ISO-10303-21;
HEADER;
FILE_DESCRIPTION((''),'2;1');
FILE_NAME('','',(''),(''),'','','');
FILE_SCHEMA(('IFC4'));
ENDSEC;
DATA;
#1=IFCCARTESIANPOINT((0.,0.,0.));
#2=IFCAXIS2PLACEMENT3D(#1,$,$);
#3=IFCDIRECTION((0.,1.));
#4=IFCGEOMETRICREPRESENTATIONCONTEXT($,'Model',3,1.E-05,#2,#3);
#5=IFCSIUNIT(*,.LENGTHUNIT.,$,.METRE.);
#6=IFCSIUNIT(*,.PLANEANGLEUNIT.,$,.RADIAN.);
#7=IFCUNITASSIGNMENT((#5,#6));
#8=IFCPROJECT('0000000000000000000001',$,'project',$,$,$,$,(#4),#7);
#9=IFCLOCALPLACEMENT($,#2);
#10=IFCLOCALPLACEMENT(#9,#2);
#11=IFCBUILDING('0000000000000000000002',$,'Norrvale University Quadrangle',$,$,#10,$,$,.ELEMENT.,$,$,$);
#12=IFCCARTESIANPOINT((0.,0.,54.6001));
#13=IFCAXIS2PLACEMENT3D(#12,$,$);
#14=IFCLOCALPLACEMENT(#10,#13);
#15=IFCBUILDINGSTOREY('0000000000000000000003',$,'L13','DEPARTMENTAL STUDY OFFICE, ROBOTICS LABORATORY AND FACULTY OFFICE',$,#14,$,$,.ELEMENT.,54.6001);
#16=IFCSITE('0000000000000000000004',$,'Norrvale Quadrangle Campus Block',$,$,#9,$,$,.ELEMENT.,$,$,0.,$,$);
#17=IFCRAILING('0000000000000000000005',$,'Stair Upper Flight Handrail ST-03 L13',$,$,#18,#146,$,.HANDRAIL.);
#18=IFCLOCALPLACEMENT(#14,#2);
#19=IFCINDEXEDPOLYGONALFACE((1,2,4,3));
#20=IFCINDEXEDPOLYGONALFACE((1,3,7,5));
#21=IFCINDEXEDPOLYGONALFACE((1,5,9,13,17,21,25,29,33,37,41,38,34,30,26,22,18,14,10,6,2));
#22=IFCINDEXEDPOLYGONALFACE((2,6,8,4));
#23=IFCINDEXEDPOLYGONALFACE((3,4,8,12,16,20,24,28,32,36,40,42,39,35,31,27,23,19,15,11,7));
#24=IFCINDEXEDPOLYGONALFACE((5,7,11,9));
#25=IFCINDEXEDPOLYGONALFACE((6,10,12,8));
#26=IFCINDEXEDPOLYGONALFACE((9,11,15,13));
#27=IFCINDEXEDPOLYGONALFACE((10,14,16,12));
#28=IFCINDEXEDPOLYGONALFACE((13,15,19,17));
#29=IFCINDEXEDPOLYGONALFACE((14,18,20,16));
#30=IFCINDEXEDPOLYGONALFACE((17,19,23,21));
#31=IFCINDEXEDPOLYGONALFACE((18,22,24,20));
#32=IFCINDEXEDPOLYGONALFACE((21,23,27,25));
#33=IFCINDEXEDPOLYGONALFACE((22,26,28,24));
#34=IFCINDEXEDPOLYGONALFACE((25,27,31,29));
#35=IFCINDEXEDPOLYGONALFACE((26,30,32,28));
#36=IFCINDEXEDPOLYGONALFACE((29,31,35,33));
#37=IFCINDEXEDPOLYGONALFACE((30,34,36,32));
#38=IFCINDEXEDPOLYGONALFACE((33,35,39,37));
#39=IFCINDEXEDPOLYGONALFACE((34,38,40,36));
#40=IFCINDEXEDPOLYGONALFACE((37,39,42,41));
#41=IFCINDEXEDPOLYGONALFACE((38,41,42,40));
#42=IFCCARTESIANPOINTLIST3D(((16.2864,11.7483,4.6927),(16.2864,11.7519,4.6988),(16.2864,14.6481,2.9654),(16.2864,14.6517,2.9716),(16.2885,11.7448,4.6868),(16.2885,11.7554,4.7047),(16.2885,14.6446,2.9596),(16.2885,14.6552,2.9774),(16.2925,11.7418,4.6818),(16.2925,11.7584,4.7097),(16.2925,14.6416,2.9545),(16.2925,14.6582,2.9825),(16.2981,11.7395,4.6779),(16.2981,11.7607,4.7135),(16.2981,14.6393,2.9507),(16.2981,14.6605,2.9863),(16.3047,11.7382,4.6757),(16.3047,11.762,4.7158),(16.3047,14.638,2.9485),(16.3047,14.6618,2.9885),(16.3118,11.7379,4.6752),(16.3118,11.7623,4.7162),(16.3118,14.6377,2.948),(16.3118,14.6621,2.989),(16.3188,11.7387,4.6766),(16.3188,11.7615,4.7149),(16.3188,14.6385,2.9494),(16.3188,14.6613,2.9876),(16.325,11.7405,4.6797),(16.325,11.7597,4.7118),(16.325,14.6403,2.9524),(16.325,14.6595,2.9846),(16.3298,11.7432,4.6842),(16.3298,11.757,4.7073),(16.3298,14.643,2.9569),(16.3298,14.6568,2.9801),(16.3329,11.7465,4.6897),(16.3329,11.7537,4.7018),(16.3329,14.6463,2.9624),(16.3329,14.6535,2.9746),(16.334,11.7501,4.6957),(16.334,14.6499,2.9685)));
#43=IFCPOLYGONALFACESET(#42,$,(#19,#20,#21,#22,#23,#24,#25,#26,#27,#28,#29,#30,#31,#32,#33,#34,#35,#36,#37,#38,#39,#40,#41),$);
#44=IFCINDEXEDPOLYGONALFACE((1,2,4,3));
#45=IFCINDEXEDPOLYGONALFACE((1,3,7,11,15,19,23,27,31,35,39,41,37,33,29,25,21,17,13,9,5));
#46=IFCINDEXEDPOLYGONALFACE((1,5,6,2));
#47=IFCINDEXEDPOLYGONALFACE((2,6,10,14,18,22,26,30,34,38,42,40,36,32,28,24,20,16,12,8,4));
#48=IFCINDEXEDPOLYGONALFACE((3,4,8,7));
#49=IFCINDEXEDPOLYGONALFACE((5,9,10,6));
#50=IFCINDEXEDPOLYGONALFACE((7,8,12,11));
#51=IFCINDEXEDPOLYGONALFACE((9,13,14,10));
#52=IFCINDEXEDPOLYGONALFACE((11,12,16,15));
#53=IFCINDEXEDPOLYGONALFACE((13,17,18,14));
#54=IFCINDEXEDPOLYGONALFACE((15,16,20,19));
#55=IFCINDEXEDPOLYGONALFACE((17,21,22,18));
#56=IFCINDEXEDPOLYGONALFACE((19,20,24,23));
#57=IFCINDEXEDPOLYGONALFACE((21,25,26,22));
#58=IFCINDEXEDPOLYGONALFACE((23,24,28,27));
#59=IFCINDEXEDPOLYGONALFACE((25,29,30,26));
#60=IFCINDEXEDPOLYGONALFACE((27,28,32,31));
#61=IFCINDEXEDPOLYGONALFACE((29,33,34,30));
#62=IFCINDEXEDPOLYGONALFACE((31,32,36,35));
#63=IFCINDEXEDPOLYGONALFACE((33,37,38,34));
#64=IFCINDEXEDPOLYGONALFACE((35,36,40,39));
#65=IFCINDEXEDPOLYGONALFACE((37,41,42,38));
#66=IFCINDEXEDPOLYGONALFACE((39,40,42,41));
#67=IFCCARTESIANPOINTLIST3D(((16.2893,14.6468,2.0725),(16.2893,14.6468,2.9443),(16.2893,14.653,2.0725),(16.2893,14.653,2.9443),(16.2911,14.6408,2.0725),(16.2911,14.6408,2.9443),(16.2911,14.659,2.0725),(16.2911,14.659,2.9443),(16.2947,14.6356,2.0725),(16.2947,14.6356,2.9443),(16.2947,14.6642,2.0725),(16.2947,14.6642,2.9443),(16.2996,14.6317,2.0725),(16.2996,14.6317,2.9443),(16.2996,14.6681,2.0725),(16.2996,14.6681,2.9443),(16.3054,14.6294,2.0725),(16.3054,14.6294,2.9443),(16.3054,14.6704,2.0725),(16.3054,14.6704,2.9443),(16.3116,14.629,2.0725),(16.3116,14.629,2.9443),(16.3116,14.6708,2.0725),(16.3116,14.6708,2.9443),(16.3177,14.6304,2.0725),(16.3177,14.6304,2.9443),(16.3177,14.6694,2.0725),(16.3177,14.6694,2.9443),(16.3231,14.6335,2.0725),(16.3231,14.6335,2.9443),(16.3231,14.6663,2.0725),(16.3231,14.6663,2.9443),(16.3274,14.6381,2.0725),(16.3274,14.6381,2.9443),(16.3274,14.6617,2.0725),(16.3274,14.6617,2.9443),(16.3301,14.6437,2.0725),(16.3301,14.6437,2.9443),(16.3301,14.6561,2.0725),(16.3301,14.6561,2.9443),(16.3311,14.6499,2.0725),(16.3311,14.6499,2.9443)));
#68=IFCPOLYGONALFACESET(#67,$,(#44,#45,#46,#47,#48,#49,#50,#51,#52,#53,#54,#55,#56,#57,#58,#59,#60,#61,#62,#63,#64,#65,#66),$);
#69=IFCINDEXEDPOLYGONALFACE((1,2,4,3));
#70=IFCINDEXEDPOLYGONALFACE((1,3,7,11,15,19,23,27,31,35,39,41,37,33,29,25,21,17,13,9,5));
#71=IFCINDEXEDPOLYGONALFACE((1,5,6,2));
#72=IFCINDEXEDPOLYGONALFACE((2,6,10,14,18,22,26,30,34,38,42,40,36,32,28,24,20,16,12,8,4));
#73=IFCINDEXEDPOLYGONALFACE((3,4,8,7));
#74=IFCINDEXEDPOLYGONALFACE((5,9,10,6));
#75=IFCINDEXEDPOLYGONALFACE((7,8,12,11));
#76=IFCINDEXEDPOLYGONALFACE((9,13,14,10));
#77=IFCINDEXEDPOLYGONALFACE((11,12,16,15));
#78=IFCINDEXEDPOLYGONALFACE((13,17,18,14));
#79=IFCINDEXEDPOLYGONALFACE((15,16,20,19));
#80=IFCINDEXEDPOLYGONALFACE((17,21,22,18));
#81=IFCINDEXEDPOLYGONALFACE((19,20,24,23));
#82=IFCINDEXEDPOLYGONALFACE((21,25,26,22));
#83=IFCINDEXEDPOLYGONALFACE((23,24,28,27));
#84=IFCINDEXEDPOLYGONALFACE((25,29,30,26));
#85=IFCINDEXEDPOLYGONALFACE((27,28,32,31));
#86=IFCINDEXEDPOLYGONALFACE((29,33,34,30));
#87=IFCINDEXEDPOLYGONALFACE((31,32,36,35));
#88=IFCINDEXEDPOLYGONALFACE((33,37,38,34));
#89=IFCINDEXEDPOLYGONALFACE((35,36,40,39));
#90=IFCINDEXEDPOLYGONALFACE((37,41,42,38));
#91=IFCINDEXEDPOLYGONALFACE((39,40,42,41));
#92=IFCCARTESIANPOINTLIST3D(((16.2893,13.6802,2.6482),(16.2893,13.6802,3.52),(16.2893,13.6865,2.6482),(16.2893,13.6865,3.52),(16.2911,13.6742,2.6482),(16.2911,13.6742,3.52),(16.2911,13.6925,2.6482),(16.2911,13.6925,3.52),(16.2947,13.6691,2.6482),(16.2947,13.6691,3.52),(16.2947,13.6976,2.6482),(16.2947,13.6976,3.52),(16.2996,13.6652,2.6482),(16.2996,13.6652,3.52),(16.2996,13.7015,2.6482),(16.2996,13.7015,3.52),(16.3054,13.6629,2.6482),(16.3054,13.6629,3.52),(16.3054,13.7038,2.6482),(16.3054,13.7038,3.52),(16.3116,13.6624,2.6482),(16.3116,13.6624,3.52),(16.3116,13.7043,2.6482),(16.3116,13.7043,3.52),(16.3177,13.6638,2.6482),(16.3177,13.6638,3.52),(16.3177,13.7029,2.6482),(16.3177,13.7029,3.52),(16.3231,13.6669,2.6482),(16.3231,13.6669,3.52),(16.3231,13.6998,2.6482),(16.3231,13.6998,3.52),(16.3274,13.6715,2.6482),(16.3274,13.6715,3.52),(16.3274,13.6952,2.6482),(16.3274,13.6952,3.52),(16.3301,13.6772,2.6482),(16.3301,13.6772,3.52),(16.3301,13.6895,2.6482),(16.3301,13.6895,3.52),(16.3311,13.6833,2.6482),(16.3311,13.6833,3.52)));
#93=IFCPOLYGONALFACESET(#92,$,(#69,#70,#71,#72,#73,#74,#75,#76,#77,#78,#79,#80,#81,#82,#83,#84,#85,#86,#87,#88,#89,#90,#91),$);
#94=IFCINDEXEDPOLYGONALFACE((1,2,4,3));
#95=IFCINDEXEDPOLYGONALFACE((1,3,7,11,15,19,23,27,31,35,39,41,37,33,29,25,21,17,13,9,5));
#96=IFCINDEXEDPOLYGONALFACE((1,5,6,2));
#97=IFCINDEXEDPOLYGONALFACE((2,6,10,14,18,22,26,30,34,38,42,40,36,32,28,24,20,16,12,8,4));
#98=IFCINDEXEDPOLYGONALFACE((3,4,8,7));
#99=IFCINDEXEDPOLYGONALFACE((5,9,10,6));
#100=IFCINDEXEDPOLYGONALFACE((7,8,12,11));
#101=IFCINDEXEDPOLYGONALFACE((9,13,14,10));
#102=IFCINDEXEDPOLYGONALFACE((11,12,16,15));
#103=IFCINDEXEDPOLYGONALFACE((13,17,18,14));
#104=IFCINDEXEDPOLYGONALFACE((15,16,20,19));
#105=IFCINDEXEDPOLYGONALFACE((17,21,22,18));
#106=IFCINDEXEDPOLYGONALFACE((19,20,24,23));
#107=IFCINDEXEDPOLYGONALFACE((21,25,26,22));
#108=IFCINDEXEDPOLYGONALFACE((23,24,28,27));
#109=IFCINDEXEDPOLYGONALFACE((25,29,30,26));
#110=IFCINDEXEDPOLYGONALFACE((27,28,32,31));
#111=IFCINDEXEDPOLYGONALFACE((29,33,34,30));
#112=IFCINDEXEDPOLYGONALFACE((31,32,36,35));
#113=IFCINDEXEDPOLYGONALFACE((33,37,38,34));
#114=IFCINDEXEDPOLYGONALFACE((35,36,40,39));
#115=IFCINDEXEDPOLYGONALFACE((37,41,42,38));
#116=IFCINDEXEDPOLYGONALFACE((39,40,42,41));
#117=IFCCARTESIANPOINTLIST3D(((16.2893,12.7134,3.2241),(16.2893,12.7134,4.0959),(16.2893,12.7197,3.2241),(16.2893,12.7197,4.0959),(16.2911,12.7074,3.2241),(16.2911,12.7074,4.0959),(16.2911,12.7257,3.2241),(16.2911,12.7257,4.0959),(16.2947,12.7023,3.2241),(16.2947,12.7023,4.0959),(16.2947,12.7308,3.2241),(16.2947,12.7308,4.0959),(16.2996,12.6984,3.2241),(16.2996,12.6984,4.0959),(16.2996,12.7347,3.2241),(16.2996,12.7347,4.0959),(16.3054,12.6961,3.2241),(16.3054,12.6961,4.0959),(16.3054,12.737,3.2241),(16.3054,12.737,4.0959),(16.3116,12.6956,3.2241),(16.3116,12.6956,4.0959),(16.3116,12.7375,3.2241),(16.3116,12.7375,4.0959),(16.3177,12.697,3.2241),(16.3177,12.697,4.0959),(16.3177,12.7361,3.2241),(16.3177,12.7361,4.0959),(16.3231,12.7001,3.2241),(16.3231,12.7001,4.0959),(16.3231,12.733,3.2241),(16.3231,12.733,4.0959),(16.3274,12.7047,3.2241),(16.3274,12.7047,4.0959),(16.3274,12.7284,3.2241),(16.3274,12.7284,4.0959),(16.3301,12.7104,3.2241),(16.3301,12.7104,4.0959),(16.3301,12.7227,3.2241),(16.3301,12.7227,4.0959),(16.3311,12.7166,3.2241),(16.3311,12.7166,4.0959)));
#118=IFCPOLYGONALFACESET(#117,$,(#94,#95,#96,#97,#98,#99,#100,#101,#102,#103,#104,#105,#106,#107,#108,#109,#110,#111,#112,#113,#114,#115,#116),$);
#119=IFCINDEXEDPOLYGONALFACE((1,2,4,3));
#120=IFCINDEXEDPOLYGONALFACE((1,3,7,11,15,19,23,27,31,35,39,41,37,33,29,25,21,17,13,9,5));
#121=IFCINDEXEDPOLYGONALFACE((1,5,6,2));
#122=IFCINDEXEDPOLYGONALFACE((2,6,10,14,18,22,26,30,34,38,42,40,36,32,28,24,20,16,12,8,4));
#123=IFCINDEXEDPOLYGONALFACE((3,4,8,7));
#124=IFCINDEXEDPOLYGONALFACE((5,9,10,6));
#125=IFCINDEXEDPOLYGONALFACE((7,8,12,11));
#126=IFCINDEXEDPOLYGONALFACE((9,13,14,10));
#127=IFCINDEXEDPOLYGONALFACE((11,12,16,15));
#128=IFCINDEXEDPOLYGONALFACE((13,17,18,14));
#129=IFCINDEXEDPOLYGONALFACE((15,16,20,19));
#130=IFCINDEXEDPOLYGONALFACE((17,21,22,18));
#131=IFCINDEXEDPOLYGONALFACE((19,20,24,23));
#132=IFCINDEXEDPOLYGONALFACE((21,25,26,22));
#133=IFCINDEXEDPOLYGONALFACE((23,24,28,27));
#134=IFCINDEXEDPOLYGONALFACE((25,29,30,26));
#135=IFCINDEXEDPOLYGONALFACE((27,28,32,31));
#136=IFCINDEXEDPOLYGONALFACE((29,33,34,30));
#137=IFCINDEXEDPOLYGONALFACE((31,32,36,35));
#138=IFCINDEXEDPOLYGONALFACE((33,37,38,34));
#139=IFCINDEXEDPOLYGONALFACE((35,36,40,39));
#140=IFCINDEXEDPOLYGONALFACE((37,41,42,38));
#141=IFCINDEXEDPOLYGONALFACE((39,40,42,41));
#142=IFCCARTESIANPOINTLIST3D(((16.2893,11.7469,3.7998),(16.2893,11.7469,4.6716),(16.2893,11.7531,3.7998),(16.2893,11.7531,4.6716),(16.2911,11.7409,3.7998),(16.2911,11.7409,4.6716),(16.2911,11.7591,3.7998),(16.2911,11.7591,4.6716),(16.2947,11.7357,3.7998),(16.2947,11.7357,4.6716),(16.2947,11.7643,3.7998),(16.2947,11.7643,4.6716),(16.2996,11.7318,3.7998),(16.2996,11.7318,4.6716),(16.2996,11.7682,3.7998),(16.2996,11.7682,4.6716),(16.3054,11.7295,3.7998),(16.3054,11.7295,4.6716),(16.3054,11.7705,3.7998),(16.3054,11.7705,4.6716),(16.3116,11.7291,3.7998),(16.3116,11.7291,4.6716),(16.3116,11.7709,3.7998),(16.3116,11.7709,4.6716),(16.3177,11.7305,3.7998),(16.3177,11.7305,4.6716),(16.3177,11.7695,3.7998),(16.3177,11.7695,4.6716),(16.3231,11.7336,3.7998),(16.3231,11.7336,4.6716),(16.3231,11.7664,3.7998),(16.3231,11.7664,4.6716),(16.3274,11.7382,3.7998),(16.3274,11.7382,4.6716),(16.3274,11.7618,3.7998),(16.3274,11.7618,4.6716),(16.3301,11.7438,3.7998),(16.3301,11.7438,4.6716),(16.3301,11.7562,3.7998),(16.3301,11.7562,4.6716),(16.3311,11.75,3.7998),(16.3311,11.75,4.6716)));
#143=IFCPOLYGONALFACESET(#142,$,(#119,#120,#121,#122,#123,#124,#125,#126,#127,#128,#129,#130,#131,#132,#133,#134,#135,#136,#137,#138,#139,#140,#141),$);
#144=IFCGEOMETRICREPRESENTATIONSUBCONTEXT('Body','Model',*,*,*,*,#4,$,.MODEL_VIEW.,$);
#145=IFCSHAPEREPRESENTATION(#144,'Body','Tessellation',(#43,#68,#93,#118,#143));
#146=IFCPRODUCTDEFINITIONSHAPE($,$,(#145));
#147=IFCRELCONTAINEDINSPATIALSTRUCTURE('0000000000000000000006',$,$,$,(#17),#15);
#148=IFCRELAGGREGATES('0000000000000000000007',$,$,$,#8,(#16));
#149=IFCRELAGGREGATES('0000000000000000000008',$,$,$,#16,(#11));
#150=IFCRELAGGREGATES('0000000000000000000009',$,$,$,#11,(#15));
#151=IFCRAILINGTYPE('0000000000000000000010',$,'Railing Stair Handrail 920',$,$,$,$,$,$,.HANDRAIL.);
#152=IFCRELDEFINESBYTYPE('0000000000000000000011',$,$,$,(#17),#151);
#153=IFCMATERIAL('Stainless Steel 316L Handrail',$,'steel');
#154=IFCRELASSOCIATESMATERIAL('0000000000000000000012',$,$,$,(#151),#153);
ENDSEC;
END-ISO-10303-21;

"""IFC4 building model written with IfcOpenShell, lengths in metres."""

from ifc_helpers import new_model, si_unit, direction, frame, origin, origin_2d, place, context, subcontext, project, spatial, circle, extrude, material, type_object, element, save


model = new_model("IFC4")

# Units and contexts
model_context = context("Model", 3, precision=1e-05, world=origin(), true_north=direction((0.0, 1.0)))
body_context = subcontext(model_context, "Body", "Model", "MODEL_VIEW")
ifc_project = project(units=[si_unit("LENGTHUNIT", "METRE"), si_unit("PLANEANGLEUNIT", "RADIAN")], contexts=[model_context])

# Site, building, storey
site_placement = place(None, origin())
site = spatial("IfcSite", under=ifc_project, at=site_placement, Name="Norrvale Quadrangle Campus Block", CompositionType="ELEMENT", RefElevation=0.0)
building_placement = place(site_placement, origin())
building = spatial("IfcBuilding", under=site, at=building_placement, Name="Norrvale University Quadrangle", CompositionType="ELEMENT")
storey_placement = place(building_placement, frame((0.0, 0.0, 54.6001)))
storey = spatial("IfcBuildingStorey", under=building, at=storey_placement, Name="L13", Description="DEPARTMENTAL STUDY OFFICE, ROBOTICS LABORATORY AND FACULTY OFFICE", CompositionType="ELEMENT", Elevation=54.6001)

# Railing
ifc_material_1 = material(Name="Stainless Steel 316L Handrail", Category="steel")
railing_type_1 = type_object("IfcRailingType", Name="Railing Stair Handrail 920", PredefinedType="HANDRAIL", material=ifc_material_1)
railing_1_placement = place(storey_placement, frame((16.3101, 14.6499, 2.0725)))
element("IfcRailing", 1, at=railing_1_placement, inside=storey, type_object=railing_type_1, Name="Stair Upper Flight Handrail ST-03 L13", PredefinedType="HANDRAIL", context=body_context, shape_type="SweptSolid", body=[
    extrude(circle(Radius=0.0239, at=origin_2d()), frame((0.0, 0.0, 0.896), z_axis=(0.0, -0.859141, 0.511738), x_axis=(1.0, 0.0, 0.0)), (0.0, 0.0, 1.0), 3.3752),
    extrude(circle(Radius=0.021, at=origin_2d()), origin(), (0.0, 0.0, 1.0), 0.8718),
    extrude(circle(Radius=0.021, at=origin_2d()), frame((0.0, -0.9666, 0.5757)), (0.0, 0.0, 1.0), 0.8718),
    extrude(circle(Radius=0.021, at=origin_2d()), frame((0.0, -1.9333, 1.1516)), (0.0, 0.0, 1.0), 0.8718),
    extrude(circle(Radius=0.021, at=origin_2d()), frame((0.0, -2.8999, 1.7273)), (0.0, 0.0, 1.0), 0.8718),
])

save(model, "model.ifc")
